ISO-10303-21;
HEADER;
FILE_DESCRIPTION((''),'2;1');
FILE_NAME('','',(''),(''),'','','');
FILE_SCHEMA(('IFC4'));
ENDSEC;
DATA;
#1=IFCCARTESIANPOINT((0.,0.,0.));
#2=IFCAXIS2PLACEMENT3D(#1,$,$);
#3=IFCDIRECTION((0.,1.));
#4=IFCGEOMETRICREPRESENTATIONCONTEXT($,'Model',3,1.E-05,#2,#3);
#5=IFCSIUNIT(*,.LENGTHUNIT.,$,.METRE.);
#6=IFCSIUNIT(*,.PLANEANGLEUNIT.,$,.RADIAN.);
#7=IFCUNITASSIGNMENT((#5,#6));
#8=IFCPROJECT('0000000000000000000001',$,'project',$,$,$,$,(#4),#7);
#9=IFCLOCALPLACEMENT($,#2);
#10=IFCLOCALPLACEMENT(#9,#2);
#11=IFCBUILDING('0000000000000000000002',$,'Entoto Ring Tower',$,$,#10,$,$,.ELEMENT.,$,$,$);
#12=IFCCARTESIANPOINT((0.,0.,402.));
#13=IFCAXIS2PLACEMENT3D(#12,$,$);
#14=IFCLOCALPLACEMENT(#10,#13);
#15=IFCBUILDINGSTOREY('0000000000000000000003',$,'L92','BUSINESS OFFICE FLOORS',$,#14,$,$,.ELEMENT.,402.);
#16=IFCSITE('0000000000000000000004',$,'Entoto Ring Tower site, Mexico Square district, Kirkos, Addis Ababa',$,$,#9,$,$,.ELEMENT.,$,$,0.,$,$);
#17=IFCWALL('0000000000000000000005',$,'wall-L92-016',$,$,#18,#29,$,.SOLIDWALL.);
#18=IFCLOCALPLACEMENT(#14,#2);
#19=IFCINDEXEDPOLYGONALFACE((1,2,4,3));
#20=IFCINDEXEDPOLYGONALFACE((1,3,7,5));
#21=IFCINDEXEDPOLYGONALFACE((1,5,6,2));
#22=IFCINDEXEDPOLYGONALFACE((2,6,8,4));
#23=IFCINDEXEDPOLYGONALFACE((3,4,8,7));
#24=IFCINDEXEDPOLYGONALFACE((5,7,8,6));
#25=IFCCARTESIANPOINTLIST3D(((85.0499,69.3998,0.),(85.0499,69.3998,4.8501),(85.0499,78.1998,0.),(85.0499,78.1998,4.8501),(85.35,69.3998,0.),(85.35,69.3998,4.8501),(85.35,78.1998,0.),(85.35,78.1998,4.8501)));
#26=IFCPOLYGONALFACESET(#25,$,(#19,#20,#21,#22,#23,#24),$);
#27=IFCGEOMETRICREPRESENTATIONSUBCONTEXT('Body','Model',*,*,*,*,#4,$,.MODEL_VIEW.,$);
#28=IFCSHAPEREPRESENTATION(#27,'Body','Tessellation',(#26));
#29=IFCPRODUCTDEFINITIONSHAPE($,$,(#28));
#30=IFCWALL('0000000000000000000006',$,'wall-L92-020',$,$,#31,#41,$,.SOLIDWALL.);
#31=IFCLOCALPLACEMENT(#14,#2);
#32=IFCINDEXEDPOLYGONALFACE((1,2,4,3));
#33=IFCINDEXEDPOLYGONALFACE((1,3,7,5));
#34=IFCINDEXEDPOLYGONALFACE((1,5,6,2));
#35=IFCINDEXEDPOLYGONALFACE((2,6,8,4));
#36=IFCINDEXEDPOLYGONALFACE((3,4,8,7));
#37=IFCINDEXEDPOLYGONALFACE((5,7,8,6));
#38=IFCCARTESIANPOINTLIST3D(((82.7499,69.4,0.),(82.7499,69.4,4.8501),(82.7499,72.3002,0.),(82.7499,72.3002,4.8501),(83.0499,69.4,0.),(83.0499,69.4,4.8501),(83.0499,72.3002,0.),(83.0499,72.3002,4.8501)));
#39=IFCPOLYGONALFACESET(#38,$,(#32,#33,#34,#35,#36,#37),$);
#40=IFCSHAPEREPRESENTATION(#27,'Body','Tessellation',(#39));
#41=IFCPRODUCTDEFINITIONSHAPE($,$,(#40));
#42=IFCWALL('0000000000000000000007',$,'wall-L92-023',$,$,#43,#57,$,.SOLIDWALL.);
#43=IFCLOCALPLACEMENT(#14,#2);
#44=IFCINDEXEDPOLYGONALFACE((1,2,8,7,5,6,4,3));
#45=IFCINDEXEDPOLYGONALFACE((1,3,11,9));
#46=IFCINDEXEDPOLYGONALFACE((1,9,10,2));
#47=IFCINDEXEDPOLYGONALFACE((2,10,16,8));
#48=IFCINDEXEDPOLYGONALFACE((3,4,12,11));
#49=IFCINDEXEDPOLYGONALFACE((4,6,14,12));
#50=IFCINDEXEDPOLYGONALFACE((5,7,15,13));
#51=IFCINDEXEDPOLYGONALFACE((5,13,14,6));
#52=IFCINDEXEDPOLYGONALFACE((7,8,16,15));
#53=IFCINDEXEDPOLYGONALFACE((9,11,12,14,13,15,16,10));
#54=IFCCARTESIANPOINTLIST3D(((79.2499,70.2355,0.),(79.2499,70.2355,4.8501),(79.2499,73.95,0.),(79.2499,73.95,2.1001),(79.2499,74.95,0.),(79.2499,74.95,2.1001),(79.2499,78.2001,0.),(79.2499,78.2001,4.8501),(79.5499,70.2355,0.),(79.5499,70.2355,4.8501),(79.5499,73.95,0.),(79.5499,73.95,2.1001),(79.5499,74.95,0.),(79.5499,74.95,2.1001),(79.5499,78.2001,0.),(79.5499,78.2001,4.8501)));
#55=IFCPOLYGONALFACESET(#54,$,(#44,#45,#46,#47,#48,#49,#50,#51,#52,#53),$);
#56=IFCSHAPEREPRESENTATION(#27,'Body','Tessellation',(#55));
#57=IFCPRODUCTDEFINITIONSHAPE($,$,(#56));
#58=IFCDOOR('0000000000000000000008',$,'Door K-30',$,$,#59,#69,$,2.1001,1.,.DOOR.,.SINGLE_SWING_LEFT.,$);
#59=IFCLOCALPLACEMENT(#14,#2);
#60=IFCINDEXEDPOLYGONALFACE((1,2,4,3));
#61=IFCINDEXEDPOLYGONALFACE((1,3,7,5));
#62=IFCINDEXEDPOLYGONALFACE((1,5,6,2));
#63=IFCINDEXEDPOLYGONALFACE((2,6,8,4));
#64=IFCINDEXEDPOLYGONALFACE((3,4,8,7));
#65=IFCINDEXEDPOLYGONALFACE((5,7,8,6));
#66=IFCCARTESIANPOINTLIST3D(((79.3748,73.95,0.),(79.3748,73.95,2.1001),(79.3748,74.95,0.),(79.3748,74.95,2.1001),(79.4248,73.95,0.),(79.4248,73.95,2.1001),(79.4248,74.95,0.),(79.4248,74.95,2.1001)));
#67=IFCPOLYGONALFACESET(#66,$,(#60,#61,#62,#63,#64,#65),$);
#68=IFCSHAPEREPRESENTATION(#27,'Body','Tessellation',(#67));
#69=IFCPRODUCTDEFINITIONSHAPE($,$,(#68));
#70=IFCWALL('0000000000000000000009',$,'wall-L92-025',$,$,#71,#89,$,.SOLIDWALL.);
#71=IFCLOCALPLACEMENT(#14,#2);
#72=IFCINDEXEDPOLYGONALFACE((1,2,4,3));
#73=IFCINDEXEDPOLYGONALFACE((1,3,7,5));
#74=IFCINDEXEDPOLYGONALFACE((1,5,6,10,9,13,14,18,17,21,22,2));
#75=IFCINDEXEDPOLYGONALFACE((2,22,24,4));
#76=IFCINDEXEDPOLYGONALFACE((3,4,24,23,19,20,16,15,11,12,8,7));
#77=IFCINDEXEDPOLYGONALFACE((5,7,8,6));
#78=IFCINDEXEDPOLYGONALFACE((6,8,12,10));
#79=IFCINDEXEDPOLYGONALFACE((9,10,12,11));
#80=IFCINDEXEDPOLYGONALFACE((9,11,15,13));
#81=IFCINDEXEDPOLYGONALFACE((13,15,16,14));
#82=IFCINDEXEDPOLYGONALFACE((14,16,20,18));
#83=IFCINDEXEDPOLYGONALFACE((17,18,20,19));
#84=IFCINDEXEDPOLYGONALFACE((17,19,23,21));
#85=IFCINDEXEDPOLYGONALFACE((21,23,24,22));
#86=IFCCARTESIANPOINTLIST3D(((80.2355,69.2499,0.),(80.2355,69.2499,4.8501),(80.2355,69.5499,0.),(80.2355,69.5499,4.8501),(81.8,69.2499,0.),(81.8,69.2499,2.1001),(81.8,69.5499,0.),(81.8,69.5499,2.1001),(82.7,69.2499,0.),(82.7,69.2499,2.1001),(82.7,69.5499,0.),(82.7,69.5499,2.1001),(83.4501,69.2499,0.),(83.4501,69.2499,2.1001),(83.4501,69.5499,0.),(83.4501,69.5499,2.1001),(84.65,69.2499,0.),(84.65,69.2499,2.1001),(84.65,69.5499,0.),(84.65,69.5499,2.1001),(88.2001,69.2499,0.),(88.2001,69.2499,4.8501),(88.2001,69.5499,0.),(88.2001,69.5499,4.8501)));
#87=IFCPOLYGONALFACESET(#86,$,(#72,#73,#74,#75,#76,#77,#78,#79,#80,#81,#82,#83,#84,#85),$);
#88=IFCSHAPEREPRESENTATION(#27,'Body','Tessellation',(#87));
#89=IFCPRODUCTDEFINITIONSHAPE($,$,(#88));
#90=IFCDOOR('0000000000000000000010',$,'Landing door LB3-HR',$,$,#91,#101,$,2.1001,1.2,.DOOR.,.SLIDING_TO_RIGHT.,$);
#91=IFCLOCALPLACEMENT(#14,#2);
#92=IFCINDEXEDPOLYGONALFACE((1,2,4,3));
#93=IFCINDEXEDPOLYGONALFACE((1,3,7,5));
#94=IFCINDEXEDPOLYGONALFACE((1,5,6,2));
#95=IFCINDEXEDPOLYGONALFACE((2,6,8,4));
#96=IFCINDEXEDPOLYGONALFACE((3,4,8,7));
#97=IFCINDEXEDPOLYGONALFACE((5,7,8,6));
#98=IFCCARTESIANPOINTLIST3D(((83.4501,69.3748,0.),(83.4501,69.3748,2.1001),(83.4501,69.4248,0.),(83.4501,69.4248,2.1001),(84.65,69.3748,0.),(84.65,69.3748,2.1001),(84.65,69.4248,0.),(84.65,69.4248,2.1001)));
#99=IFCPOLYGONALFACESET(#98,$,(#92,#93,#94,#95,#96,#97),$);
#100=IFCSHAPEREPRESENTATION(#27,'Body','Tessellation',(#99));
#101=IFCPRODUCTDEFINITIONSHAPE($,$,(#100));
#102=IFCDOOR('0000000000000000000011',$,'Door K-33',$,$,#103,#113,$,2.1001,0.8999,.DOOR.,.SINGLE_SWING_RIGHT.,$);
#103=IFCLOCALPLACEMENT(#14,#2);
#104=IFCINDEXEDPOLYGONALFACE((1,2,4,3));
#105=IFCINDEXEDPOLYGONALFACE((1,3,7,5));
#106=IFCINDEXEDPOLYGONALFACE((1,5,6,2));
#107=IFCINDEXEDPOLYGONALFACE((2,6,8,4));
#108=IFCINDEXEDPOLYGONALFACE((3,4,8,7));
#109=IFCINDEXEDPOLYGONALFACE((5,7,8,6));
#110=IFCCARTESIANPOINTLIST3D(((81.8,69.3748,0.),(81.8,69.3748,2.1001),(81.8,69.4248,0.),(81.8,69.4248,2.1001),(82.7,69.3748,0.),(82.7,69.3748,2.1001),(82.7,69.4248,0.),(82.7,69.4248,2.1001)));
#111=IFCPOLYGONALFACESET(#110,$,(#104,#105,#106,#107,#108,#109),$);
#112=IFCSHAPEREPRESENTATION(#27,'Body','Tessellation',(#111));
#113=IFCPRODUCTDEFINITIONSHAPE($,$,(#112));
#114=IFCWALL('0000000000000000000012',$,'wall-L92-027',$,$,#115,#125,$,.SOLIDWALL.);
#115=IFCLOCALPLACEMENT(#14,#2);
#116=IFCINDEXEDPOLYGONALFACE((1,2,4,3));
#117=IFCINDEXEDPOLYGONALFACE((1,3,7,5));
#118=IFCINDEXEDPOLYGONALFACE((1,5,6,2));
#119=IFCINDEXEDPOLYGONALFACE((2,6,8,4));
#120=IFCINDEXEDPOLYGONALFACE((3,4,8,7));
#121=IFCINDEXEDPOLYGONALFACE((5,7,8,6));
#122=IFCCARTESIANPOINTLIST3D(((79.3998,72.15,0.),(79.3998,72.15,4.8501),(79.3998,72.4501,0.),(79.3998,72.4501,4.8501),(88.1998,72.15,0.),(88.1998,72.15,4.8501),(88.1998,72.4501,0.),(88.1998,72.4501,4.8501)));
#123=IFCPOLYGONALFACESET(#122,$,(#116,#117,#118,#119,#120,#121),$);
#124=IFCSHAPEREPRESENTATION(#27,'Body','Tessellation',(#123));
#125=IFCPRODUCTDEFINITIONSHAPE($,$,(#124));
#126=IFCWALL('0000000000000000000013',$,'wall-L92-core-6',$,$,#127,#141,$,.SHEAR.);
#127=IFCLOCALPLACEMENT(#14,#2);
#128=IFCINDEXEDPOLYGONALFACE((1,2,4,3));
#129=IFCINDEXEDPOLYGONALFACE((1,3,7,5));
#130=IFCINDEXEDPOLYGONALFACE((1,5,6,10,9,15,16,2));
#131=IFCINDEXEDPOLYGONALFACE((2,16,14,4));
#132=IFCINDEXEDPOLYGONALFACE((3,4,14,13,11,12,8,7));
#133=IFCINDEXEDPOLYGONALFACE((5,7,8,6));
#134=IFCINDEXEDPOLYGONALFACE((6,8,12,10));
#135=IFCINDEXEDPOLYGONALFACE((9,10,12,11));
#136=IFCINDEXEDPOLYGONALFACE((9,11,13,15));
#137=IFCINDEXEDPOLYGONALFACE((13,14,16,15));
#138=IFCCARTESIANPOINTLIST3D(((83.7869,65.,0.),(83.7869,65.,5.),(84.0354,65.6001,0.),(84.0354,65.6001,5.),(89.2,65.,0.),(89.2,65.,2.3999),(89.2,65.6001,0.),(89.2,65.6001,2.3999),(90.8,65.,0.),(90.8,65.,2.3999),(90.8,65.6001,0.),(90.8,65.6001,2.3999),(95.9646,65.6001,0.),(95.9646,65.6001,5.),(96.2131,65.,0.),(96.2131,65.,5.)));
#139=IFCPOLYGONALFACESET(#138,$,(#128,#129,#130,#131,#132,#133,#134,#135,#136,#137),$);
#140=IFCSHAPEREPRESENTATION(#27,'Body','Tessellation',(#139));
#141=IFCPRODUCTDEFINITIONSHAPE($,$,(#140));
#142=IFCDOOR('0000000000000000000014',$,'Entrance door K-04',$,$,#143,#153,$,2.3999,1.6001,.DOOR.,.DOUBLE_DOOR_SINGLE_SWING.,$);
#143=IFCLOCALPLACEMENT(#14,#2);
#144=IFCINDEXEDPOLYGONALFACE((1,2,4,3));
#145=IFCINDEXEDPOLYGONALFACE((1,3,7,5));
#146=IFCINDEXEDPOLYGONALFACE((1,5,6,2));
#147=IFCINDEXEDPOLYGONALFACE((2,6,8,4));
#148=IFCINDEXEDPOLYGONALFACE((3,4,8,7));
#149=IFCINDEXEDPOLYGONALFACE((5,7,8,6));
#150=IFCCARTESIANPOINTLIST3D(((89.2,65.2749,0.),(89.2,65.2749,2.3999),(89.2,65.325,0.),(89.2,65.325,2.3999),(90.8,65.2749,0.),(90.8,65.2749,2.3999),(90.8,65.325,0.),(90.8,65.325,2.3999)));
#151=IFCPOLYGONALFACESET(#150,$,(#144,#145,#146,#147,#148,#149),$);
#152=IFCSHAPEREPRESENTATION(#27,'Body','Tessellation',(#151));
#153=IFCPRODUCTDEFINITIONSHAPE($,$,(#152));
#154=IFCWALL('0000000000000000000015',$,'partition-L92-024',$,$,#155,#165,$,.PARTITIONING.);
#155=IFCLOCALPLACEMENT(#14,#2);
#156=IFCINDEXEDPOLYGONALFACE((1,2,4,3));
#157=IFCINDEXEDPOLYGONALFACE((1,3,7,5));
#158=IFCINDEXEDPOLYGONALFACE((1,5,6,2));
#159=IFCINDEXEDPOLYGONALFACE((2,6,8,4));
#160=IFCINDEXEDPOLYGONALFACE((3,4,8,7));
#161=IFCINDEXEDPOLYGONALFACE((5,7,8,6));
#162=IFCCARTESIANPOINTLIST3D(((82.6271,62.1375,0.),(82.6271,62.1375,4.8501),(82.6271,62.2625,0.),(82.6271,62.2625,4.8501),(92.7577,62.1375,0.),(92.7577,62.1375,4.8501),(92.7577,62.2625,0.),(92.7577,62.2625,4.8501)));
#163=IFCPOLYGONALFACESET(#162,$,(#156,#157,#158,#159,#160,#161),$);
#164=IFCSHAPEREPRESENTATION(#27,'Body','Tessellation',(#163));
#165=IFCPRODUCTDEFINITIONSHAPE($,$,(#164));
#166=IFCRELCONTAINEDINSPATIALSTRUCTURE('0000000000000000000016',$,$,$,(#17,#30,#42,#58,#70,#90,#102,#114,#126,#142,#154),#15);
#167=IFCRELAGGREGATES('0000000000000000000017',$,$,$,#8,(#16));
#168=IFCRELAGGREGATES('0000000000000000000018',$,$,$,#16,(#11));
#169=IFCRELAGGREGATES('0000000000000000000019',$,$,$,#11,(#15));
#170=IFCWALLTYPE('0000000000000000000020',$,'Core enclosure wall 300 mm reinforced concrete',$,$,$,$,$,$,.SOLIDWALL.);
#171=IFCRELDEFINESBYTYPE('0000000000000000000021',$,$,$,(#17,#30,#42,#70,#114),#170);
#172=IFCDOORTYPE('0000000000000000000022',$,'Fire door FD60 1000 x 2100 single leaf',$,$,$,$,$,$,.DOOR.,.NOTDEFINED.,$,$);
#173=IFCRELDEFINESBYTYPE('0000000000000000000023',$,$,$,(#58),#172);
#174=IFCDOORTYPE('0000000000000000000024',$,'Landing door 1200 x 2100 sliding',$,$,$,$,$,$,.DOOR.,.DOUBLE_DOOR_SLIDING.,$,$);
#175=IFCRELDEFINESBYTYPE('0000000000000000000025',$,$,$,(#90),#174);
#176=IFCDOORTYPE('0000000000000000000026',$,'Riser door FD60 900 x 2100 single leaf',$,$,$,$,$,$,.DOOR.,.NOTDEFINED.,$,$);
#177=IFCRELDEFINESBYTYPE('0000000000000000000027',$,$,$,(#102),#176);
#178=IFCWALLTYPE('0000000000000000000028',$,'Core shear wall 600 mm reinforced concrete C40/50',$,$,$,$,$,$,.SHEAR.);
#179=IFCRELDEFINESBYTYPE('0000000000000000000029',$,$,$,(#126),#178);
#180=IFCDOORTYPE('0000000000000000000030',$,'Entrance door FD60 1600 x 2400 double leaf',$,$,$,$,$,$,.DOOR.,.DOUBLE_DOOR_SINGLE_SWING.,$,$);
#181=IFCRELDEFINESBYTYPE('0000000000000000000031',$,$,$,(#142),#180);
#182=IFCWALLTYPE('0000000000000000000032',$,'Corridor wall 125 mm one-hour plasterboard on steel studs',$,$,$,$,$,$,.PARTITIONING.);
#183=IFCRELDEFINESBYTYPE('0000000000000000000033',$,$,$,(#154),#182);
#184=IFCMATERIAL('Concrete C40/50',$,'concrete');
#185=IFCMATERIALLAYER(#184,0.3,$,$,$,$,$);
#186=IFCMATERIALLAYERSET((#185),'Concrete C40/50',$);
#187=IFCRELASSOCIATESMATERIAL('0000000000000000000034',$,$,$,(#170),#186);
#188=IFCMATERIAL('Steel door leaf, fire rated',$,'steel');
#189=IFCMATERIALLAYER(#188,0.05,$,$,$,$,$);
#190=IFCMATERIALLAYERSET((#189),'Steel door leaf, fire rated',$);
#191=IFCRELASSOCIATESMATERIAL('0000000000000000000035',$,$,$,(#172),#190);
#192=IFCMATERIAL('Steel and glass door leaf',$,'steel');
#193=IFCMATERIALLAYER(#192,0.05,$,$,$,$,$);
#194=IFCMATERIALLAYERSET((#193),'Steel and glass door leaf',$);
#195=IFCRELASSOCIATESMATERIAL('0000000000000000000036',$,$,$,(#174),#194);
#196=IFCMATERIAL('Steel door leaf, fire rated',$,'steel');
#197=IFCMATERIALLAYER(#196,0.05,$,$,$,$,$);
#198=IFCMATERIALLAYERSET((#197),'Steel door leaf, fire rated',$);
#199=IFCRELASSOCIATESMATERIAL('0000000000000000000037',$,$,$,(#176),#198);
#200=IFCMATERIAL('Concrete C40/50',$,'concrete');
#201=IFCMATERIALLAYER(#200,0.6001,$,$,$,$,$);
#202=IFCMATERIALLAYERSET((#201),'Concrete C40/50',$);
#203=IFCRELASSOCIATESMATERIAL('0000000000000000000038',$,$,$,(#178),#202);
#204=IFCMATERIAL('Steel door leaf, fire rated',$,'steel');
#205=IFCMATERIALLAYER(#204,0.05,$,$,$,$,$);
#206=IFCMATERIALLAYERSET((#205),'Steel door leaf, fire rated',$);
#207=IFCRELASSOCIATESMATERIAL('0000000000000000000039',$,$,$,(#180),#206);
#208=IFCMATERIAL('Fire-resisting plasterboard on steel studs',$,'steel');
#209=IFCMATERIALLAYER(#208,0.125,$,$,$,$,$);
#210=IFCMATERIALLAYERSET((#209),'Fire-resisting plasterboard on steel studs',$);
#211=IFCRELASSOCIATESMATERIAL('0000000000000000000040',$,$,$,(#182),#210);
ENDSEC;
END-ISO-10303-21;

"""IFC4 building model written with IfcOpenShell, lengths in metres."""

from ifc_helpers import new_model, si_unit, direction, frame, frame_2d, origin, place, context, subcontext, project, spatial, polyline, rectangle, outline, extrude, material, layer, layer_set, type_object, element, fill, save


model = new_model("IFC4")

# Units and contexts
model_context = context("Model", 3, precision=1e-05, world=origin(), true_north=direction((0.0, 1.0)))
body_context = subcontext(model_context, "Body", "Model", "MODEL_VIEW")
ifc_project = project(units=[si_unit("LENGTHUNIT", "METRE"), si_unit("PLANEANGLEUNIT", "RADIAN")], contexts=[model_context])

# Site, building, storey
site_placement = place(None, origin())
site = spatial("IfcSite", under=ifc_project, at=site_placement, Name="Entoto Ring Tower site, Mexico Square district, Kirkos, Addis Ababa", CompositionType="ELEMENT", RefElevation=0.0)
building_placement = place(site_placement, origin())
building = spatial("IfcBuilding", under=site, at=building_placement, Name="Entoto Ring Tower", CompositionType="ELEMENT")
storey_placement = place(building_placement, frame((0.0, 0.0, 402.0)))
storey = spatial("IfcBuildingStorey", under=building, at=storey_placement, Name="L92", Description="BUSINESS OFFICE FLOORS", CompositionType="ELEMENT", Elevation=402.0)

# Walls
ifc_material_1 = material(Name="Concrete C40/50", Category="concrete")
ifc_layer_1 = layer(ifc_material_1, 0.3)
ifc_layer_set_1 = layer_set([ifc_layer_1], Name="Concrete C40/50")
wall_type_1 = type_object("IfcWallType", Name="Core enclosure wall 300 mm reinforced concrete", PredefinedType="SOLIDWALL", material=ifc_layer_set_1)
wall_1_placement = place(storey_placement, frame((85.2, 69.3999, 0.0), z_axis=(0.0, 0.0, 1.0), x_axis=(0.0, 1.0, 0.0)))
element("IfcWall", 1, at=wall_1_placement, inside=storey, type_object=wall_type_1, Name="wall-L92-016", PredefinedType="SOLIDWALL", context=body_context, shape_type="SweptSolid", body=[
    extrude(rectangle(XDim=8.8, YDim=0.3, at=frame_2d((4.3999, 0.0))), origin(), (0.0, 0.0, 1.0), 4.8501),
])
wall_2_placement = place(storey_placement, frame((82.8999, 69.3999, 0.0), z_axis=(0.0, 0.0, 1.0), x_axis=(0.0, 1.0, 0.0)))
element("IfcWall", 2, at=wall_2_placement, inside=storey, type_object=wall_type_1, Name="wall-L92-020", PredefinedType="SOLIDWALL", context=body_context, shape_type="SweptSolid", body=[
    extrude(rectangle(XDim=2.9001, YDim=0.3, at=frame_2d((1.4502, 0.0))), origin(), (0.0, 0.0, 1.0), 4.8501),
])

# Wall, opening, door
wall_3_placement = place(storey_placement, frame((79.3999, 70.2354, 0.0), z_axis=(0.0, 0.0, 1.0), x_axis=(0.0, 1.0, 0.0)))
wall_3 = element("IfcWall", 3, at=wall_3_placement, inside=storey, type_object=wall_type_1, Name="wall-L92-023", PredefinedType="SOLIDWALL", context=body_context, shape_type="SweptSolid", body=[
    extrude(rectangle(XDim=7.9646, YDim=0.3, at=frame_2d((3.9824, 0.0))), origin(), (0.0, 0.0, 1.0), 4.8501),
])
opening_1_placement = place(wall_3_placement, frame((3.7146, 0.0, 0.0)))
opening_1 = element("IfcOpeningElement", 4, at=opening_1_placement, cuts=wall_3, PredefinedType="OPENING", context=body_context, shape_type="SweptSolid", body=[
    extrude(rectangle(XDim=1.0, YDim=2.1001, at=frame_2d((0.5, 1.05))), frame((0.0, 0.1602, 0.0), z_axis=(0.0, -1.0, 0.0), x_axis=(1.0, 0.0, 0.0)), (0.0, 0.0, 1.0), 0.3201),
])
ifc_material_2 = material(Name="Steel door leaf, fire rated", Category="steel")
ifc_layer_2 = layer(ifc_material_2, 0.05)
ifc_layer_set_2 = layer_set([ifc_layer_2], Name="Steel door leaf, fire rated")
door_type_1 = type_object("IfcDoorType", Name="Fire door FD60 1000 x 2100 single leaf", OperationType="NOTDEFINED", PredefinedType="DOOR", material=ifc_layer_set_2)
door_1_placement = place(opening_1_placement, frame((1.0, 0.0, 0.0), z_axis=(0.0, 0.0, 1.0), x_axis=(-1.0, 0.0, 0.0)))
door_1 = element("IfcDoor", 5, at=door_1_placement, inside=storey, type_object=door_type_1, Name="Door K-30", OperationType="SINGLE_SWING_LEFT", OverallHeight=2.1001, OverallWidth=1.0, PredefinedType="DOOR", context=body_context, shape_type="SweptSolid", body=[
    extrude(rectangle(XDim=1.0, YDim=2.1001, at=frame_2d((0.5, 1.05))), frame((0.0, 0.0249, 0.0), z_axis=(0.0, -1.0, 0.0), x_axis=(1.0, 0.0, 0.0)), (0.0, 0.0, 1.0), 0.05),
])
fill(opening_1, door_1)

# Wall, openings, doors
wall_4_placement = place(storey_placement, frame((80.2354, 69.3999, 0.0), z_axis=(0.0, 0.0, 1.0), x_axis=(1.0, 0.0, 0.0)))
wall_4 = element("IfcWall", 6, at=wall_4_placement, inside=storey, type_object=wall_type_1, Name="wall-L92-025", PredefinedType="SOLIDWALL", context=body_context, shape_type="SweptSolid", body=[
    extrude(rectangle(XDim=7.9646, YDim=0.3, at=frame_2d((3.9824, 0.0))), origin(), (0.0, 0.0, 1.0), 4.8501),
])
opening_2_placement = place(wall_4_placement, frame((3.2146, 0.0, 0.0)))
opening_2 = element("IfcOpeningElement", 7, at=opening_2_placement, cuts=wall_4, PredefinedType="OPENING", context=body_context, shape_type="SweptSolid", body=[
    extrude(rectangle(XDim=1.2, YDim=2.1001, at=frame_2d((0.6001, 1.05))), frame((0.0, 0.1602, 0.0), z_axis=(0.0, -1.0, 0.0), x_axis=(1.0, 0.0, 0.0)), (0.0, 0.0, 1.0), 0.3201),
])
opening_3_placement = place(wall_4_placement, frame((1.5647, 0.0, 0.0)))
opening_3 = element("IfcOpeningElement", 8, at=opening_3_placement, cuts=wall_4, PredefinedType="OPENING", context=body_context, shape_type="SweptSolid", body=[
    extrude(rectangle(XDim=0.8999, YDim=2.1001, at=frame_2d((0.45, 1.05))), frame((0.0, 0.1602, 0.0), z_axis=(0.0, -1.0, 0.0), x_axis=(1.0, 0.0, 0.0)), (0.0, 0.0, 1.0), 0.3201),
])
ifc_material_3 = material(Name="Steel and glass door leaf", Category="steel")
ifc_layer_3 = layer(ifc_material_3, 0.05)
ifc_layer_set_3 = layer_set([ifc_layer_3], Name="Steel and glass door leaf")
door_type_2 = type_object("IfcDoorType", Name="Landing door 1200 x 2100 sliding", OperationType="DOUBLE_DOOR_SLIDING", PredefinedType="DOOR", material=ifc_layer_set_3)
door_2_placement = place(opening_2_placement, origin())
door_2 = element("IfcDoor", 9, at=door_2_placement, inside=storey, type_object=door_type_2, Name="Landing door LB3-HR", OperationType="SLIDING_TO_RIGHT", OverallHeight=2.1001, OverallWidth=1.2, PredefinedType="DOOR", context=body_context, shape_type="SweptSolid", body=[
    extrude(rectangle(XDim=1.2, YDim=2.1001, at=frame_2d((0.6001, 1.05))), frame((0.0, 0.0249, 0.0), z_axis=(0.0, -1.0, 0.0), x_axis=(1.0, 0.0, 0.0)), (0.0, 0.0, 1.0), 0.05),
])
fill(opening_2, door_2)
ifc_material_4 = material(Name="Steel door leaf, fire rated", Category="steel")
ifc_layer_4 = layer(ifc_material_4, 0.05)
ifc_layer_set_4 = layer_set([ifc_layer_4], Name="Steel door leaf, fire rated")
door_type_3 = type_object("IfcDoorType", Name="Riser door FD60 900 x 2100 single leaf", OperationType="NOTDEFINED", PredefinedType="DOOR", material=ifc_layer_set_4)
door_3_placement = place(opening_3_placement, origin())
door_3 = element("IfcDoor", 10, at=door_3_placement, inside=storey, type_object=door_type_3, Name="Door K-33", OperationType="SINGLE_SWING_RIGHT", OverallHeight=2.1001, OverallWidth=0.8999, PredefinedType="DOOR", context=body_context, shape_type="SweptSolid", body=[
    extrude(rectangle(XDim=0.8999, YDim=2.1001, at=frame_2d((0.45, 1.05))), frame((0.0, 0.0249, 0.0), z_axis=(0.0, -1.0, 0.0), x_axis=(1.0, 0.0, 0.0)), (0.0, 0.0, 1.0), 0.05),
])
fill(opening_3, door_3)

# Wall
wall_5_placement = place(storey_placement, frame((79.3999, 72.3, 0.0), z_axis=(0.0, 0.0, 1.0), x_axis=(1.0, 0.0, 0.0)))
element("IfcWall", 11, at=wall_5_placement, inside=storey, type_object=wall_type_1, Name="wall-L92-027", PredefinedType="SOLIDWALL", context=body_context, shape_type="SweptSolid", body=[
    extrude(rectangle(XDim=8.8, YDim=0.3, at=frame_2d((4.3999, 0.0))), origin(), (0.0, 0.0, 1.0), 4.8501),
])

# Wall, opening, door
ifc_material_5 = material(Name="Concrete C40/50", Category="concrete")
ifc_layer_5 = layer(ifc_material_5, 0.6001)
ifc_layer_set_5 = layer_set([ifc_layer_5], Name="Concrete C40/50")
wall_type_2 = type_object("IfcWallType", Name="Core shear wall 600 mm reinforced concrete C40/50", PredefinedType="SHEAR", material=ifc_layer_set_5)
wall_6_placement = place(storey_placement, frame((83.9111, 65.3, 0.0), z_axis=(0.0, 0.0, 1.0), x_axis=(1.0, 0.0, 0.0)))
wall_6 = element("IfcWall", 12, at=wall_6_placement, inside=storey, type_object=wall_type_2, Name="wall-L92-core-6", PredefinedType="SHEAR", context=body_context, shape_type="SweptSolid", body=[
    extrude(outline(polyline([(-0.1243, -0.3), (12.302, -0.3), (12.0535, 0.3), (0.1243, 0.3), (-0.1243, -0.3)])), origin(), (0.0, 0.0, 1.0), 5.0),
])
opening_4_placement = place(wall_6_placement, frame((5.2888, 0.0, 0.0)))
opening_4 = element("IfcOpeningElement", 13, at=opening_4_placement, cuts=wall_6, PredefinedType="OPENING", context=body_context, shape_type="SweptSolid", body=[
    extrude(rectangle(XDim=1.6001, YDim=2.3999, at=frame_2d((0.8, 1.2))), frame((0.0, 0.3101, 0.0), z_axis=(0.0, -1.0, 0.0), x_axis=(1.0, 0.0, 0.0)), (0.0, 0.0, 1.0), 0.6201),
])
ifc_material_6 = material(Name="Steel door leaf, fire rated", Category="steel")
ifc_layer_6 = layer(ifc_material_6, 0.05)
ifc_layer_set_6 = layer_set([ifc_layer_6], Name="Steel door leaf, fire rated")
door_type_4 = type_object("IfcDoorType", Name="Entrance door FD60 1600 x 2400 double leaf", OperationType="DOUBLE_DOOR_SINGLE_SWING", PredefinedType="DOOR", material=ifc_layer_set_6)
door_4_placement = place(opening_4_placement, origin())
door_4 = element("IfcDoor", 14, at=door_4_placement, inside=storey, type_object=door_type_4, Name="Entrance door K-04", OperationType="DOUBLE_DOOR_SINGLE_SWING", OverallHeight=2.3999, OverallWidth=1.6001, PredefinedType="DOOR", context=body_context, shape_type="SweptSolid", body=[
    extrude(rectangle(XDim=1.6001, YDim=2.3999, at=frame_2d((0.8, 1.2))), frame((0.0, 0.0249, 0.0), z_axis=(0.0, -1.0, 0.0), x_axis=(1.0, 0.0, 0.0)), (0.0, 0.0, 1.0), 0.05),
])
fill(opening_4, door_4)

# Wall
ifc_material_7 = material(Name="Fire-resisting plasterboard on steel studs", Category="steel")
ifc_layer_7 = layer(ifc_material_7, 0.125)
ifc_layer_set_7 = layer_set([ifc_layer_7], Name="Fire-resisting plasterboard on steel studs")
wall_type_3 = type_object("IfcWallType", Name="Corridor wall 125 mm one-hour plasterboard on steel studs", PredefinedType="PARTITIONING", material=ifc_layer_set_7)
wall_7_placement = place(storey_placement, frame((82.627, 62.2, 0.0), z_axis=(0.0, 0.0, 1.0), x_axis=(1.0, 0.0, 0.0)))
element("IfcWall", 15, at=wall_7_placement, inside=storey, type_object=wall_type_3, Name="partition-L92-024", PredefinedType="PARTITIONING", context=body_context, shape_type="SweptSolid", body=[
    extrude(rectangle(XDim=10.1306, YDim=0.125, at=frame_2d((5.0654, 0.0))), origin(), (0.0, 0.0, 1.0), 4.8501),
])

save(model, "model.ifc")
